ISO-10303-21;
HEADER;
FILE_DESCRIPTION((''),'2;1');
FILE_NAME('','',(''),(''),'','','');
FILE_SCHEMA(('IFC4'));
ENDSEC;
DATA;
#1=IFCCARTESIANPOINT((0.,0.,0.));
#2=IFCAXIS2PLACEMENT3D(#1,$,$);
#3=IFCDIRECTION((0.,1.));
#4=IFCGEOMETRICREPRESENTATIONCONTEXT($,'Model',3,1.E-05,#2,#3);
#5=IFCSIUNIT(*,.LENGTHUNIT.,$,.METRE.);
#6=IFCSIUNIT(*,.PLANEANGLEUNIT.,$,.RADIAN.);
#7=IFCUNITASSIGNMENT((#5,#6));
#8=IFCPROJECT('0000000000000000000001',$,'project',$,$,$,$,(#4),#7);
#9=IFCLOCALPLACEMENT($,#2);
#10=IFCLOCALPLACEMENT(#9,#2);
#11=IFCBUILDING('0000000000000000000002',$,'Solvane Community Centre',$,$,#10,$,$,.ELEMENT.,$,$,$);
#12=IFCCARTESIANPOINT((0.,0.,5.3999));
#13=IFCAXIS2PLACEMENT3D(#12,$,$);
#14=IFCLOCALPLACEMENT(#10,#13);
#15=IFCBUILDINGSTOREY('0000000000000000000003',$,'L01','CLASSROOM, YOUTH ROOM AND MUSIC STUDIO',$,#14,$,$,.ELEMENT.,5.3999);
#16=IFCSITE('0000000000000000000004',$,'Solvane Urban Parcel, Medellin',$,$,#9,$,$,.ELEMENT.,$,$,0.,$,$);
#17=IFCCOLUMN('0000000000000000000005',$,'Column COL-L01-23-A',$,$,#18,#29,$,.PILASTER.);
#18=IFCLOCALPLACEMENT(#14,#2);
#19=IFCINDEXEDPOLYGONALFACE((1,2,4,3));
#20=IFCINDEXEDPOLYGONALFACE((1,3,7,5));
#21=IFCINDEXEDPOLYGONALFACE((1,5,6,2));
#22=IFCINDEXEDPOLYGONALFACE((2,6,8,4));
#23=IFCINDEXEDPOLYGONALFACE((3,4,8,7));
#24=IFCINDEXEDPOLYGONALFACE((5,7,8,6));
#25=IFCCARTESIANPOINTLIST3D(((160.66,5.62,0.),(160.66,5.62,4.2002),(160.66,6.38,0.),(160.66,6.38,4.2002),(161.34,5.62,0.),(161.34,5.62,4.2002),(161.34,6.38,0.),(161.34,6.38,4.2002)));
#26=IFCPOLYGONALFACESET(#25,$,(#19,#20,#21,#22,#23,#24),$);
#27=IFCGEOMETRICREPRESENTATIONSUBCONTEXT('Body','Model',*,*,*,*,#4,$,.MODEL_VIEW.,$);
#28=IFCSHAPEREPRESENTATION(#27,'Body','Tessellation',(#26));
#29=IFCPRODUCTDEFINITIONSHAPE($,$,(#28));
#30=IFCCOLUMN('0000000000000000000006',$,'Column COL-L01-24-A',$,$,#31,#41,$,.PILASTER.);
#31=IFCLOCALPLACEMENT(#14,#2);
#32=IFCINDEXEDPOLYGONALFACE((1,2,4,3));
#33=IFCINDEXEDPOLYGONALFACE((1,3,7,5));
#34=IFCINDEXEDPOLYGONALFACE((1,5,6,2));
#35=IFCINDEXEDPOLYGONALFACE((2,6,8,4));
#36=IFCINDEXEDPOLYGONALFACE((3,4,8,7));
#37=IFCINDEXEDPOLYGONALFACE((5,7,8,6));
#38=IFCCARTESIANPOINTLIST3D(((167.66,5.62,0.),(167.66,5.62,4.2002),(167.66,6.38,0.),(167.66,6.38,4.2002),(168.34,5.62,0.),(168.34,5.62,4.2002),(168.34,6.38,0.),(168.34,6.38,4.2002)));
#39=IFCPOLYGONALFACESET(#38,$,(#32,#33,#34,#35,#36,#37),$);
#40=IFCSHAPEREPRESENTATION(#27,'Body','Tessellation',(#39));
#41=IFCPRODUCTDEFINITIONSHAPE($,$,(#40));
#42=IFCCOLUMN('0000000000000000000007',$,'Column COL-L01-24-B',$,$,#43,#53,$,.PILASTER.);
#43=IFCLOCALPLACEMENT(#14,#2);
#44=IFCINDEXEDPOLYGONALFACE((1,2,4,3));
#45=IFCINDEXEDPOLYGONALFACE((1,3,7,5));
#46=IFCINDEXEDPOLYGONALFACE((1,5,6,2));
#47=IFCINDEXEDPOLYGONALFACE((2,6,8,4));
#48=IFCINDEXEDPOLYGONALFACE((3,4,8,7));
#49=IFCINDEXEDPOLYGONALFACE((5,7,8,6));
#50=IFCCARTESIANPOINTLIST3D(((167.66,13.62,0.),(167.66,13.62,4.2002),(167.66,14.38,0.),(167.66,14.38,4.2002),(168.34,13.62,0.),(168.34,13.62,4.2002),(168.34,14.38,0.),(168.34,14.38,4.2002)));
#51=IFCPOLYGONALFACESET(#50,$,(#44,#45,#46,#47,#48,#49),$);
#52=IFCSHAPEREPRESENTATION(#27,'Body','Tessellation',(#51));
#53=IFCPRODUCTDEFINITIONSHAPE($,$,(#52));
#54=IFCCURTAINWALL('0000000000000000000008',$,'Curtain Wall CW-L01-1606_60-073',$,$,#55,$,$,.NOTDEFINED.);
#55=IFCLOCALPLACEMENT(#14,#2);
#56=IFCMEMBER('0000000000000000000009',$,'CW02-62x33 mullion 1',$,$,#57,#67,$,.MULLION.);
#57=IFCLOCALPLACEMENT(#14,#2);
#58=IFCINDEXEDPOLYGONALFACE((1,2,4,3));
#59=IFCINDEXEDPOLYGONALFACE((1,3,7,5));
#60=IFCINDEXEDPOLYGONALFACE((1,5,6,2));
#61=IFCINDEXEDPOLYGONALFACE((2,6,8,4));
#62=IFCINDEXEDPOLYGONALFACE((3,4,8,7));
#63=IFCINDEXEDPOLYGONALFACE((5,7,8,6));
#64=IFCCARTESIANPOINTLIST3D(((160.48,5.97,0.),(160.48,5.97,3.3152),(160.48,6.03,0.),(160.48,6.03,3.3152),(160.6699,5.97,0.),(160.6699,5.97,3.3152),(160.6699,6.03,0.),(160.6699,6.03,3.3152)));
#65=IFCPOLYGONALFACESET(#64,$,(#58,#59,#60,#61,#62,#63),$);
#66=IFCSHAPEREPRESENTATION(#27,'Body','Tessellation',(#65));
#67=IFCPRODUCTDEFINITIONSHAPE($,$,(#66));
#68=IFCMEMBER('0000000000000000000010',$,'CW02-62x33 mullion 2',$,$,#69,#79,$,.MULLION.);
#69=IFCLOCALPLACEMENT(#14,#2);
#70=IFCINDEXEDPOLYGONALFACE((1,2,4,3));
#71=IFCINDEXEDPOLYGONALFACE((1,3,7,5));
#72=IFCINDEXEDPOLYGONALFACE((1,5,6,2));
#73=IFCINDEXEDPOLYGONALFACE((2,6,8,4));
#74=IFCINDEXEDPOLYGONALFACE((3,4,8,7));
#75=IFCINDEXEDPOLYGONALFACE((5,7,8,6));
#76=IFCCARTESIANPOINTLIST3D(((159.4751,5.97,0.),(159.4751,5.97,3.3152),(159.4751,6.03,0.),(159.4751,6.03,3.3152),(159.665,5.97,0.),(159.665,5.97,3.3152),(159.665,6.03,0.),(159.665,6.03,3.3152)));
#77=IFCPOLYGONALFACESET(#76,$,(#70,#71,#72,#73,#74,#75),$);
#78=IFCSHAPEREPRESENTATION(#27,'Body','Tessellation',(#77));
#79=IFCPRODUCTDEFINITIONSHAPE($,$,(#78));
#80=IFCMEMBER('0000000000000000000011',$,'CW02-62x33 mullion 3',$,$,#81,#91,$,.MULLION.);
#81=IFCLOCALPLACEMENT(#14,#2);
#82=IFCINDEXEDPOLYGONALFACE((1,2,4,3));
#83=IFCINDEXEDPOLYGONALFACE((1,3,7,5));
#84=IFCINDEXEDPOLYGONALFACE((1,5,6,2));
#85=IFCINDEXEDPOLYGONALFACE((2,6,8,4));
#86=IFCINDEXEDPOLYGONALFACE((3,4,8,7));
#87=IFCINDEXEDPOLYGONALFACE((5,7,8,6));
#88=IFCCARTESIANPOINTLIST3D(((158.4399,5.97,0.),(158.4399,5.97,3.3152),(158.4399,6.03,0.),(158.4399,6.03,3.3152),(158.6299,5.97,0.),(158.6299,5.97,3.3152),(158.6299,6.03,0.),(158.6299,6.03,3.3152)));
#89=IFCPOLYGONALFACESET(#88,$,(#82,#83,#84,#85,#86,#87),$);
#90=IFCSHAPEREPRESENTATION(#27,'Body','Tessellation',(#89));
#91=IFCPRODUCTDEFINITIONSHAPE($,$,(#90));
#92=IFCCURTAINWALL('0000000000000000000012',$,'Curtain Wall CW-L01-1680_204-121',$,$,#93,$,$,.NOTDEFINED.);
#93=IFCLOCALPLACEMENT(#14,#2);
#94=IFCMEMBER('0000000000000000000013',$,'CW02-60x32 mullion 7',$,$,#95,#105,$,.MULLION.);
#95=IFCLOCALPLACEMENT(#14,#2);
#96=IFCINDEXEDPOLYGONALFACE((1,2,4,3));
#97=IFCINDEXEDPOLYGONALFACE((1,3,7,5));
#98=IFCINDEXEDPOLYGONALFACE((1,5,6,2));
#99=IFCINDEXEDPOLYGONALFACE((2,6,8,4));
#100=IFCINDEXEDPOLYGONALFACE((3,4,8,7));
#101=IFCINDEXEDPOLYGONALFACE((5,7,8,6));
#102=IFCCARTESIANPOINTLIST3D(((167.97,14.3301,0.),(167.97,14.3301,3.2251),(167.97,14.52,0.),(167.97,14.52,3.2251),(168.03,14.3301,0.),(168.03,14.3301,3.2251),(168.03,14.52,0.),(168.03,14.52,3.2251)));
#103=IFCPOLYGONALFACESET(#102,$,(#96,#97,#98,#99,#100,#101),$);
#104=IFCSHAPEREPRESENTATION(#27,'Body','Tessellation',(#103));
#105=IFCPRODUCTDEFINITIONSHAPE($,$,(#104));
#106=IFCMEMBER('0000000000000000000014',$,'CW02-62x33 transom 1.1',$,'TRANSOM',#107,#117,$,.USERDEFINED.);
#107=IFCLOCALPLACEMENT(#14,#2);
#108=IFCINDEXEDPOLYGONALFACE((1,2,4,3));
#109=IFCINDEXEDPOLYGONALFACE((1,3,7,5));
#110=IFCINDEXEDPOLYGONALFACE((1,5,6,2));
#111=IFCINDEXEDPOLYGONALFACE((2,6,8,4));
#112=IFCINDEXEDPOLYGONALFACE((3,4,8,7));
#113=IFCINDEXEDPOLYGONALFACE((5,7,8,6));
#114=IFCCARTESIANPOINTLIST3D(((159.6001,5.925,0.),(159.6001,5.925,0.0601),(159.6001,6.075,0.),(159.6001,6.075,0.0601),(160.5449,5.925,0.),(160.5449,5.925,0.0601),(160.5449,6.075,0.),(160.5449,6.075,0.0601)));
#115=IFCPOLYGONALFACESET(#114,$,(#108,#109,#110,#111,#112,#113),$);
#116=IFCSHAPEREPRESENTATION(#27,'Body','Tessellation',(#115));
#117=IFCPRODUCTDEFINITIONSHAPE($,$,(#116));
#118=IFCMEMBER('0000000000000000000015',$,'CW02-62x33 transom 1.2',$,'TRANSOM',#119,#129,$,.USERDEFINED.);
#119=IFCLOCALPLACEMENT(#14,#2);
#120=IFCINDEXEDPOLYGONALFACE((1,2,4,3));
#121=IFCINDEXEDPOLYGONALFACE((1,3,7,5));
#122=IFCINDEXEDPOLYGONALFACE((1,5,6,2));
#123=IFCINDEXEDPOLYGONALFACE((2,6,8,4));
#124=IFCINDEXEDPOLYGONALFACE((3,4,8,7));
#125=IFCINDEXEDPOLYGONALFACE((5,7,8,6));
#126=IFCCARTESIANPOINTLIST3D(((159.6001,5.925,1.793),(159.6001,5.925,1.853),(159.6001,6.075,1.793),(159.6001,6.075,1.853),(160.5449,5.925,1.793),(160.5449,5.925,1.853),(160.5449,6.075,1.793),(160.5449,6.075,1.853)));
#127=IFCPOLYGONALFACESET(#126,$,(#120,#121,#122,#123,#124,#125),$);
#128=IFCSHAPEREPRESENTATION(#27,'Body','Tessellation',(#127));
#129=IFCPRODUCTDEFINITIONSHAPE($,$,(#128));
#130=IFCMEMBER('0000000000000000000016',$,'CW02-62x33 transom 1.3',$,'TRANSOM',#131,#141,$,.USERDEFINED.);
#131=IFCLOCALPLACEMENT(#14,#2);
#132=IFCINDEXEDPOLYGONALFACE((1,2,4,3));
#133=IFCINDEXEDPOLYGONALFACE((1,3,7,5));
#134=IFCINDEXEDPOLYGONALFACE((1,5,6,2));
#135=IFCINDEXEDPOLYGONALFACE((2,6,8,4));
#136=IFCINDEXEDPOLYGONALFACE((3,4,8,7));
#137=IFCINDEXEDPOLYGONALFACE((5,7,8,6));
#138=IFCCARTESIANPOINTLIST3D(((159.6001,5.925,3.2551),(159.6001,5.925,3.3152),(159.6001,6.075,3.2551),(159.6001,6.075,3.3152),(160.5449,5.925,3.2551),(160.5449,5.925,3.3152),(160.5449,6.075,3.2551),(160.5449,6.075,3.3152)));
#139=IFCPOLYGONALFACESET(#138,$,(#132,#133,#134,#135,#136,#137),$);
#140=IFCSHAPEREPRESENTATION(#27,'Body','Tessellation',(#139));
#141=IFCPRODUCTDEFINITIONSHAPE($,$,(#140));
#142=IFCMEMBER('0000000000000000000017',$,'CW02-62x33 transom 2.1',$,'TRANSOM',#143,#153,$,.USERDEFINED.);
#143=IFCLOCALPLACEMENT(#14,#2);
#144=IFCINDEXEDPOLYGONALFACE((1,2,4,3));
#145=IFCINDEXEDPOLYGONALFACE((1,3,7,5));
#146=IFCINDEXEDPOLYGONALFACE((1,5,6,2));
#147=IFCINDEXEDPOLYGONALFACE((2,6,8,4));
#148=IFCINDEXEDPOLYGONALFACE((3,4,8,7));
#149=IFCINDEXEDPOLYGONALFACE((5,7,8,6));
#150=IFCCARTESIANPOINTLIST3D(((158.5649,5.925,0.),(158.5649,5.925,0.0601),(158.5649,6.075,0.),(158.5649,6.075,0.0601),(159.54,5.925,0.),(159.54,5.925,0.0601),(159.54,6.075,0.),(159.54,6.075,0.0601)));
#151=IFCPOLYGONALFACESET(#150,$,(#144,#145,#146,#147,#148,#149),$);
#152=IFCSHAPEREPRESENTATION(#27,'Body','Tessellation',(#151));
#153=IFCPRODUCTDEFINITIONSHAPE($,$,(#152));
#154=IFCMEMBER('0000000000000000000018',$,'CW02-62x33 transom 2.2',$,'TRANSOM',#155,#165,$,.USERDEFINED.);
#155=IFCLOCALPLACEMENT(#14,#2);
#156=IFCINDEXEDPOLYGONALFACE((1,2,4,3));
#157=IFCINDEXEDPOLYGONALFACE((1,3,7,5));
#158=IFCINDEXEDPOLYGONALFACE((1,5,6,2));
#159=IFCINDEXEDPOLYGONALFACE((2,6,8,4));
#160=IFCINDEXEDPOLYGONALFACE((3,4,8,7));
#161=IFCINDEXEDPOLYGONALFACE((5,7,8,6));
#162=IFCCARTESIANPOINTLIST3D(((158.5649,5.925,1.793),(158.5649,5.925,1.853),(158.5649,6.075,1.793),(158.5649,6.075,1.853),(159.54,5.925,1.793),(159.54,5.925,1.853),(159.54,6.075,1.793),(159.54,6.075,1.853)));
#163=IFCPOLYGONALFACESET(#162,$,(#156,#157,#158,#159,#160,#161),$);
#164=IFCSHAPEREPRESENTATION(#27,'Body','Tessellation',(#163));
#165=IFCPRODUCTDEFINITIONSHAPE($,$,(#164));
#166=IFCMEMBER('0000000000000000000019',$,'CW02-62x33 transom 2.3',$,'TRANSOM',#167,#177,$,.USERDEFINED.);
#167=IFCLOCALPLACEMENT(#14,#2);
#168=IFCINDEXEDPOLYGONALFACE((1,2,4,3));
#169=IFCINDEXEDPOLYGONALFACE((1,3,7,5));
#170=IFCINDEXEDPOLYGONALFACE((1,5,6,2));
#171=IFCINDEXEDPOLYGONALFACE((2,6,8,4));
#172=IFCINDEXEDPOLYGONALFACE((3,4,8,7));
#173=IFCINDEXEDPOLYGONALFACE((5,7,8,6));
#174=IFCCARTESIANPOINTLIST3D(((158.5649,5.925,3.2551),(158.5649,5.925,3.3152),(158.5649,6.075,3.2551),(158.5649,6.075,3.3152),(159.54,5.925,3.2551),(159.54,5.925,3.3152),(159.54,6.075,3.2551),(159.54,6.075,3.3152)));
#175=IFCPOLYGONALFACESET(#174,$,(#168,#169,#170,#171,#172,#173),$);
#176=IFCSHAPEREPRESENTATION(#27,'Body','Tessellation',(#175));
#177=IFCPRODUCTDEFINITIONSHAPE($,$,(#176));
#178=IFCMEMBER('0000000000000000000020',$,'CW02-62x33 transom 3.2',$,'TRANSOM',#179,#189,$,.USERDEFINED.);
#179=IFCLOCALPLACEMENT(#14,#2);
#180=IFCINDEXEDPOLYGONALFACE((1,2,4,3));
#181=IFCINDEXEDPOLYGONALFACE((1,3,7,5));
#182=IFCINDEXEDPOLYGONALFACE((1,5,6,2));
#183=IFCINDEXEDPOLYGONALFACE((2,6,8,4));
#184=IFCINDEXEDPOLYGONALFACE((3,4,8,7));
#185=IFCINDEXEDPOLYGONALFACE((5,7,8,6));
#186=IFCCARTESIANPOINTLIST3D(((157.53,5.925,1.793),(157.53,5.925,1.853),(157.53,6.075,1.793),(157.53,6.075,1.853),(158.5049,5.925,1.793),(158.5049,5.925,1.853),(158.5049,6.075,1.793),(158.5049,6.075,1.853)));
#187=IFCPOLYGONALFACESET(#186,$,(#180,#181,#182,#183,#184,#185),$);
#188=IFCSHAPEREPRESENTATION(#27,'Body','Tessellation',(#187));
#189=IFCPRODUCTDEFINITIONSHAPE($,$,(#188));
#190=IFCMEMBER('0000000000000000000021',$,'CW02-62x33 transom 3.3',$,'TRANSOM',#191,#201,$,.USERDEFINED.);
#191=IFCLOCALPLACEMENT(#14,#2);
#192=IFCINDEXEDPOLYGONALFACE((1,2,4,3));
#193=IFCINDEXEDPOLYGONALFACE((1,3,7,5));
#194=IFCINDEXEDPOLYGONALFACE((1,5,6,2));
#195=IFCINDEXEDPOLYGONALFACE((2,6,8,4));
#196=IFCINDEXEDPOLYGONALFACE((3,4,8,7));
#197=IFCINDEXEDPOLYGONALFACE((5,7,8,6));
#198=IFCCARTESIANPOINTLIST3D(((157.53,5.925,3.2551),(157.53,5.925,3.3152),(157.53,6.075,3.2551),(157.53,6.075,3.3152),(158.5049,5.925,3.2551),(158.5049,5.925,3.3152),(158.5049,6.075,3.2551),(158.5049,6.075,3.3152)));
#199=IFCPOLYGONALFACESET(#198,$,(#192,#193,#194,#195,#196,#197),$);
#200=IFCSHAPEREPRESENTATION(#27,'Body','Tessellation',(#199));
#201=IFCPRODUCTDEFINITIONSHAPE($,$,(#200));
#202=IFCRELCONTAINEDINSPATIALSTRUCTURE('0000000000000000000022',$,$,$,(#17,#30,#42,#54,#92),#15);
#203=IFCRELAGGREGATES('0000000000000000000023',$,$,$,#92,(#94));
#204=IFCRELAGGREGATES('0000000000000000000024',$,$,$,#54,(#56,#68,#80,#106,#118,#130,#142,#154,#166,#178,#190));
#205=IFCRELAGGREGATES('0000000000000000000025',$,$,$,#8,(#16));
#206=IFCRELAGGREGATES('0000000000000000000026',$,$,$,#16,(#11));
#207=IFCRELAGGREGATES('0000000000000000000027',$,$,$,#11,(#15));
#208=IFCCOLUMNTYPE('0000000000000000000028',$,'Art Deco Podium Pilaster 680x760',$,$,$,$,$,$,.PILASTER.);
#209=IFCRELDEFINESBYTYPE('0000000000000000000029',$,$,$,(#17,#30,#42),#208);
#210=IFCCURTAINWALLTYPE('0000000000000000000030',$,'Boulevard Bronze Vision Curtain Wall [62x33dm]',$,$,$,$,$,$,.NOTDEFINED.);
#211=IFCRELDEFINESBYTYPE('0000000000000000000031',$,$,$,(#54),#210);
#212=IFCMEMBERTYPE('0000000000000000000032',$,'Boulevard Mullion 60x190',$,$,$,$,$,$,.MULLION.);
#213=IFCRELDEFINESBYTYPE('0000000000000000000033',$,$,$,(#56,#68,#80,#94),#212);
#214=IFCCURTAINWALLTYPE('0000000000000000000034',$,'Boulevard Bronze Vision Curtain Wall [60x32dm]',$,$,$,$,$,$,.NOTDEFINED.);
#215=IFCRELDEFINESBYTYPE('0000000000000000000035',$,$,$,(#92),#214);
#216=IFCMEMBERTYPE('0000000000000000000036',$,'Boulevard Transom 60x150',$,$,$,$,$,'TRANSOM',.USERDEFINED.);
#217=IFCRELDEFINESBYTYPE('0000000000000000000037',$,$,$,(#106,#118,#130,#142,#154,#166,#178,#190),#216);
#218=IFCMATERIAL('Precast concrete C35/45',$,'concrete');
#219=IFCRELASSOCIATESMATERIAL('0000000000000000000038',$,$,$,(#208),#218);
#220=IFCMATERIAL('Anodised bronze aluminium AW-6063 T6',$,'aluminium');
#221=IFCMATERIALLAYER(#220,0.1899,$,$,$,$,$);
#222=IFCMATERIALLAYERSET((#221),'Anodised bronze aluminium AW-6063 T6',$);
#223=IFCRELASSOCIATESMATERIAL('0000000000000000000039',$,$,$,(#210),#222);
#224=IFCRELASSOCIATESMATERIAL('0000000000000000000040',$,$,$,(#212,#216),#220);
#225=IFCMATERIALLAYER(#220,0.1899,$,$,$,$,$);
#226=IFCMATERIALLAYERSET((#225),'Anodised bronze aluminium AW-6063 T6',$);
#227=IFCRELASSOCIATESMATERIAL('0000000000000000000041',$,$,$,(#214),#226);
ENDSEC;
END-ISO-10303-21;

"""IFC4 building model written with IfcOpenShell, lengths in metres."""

from ifc_helpers import new_model, si_unit, direction, frame, origin, origin_2d, place, context, subcontext, project, spatial, rectangle, extrude, material, layer, layer_set, material_profile, profile_set, type_object, element, aggregate, save


model = new_model("IFC4")

# Units and contexts
model_context = context("Model", 3, precision=1e-05, world=origin(), true_north=direction((0.0, 1.0)))
body_context = subcontext(model_context, "Body", "Model", "MODEL_VIEW")
ifc_project = project(units=[si_unit("LENGTHUNIT", "METRE"), si_unit("PLANEANGLEUNIT", "RADIAN")], contexts=[model_context])

# Site, building, storey
site_placement = place(None, origin())
site = spatial("IfcSite", under=ifc_project, at=site_placement, Name="Solvane Urban Parcel, Medellin", CompositionType="ELEMENT", RefElevation=0.0)
building_placement = place(site_placement, origin())
building = spatial("IfcBuilding", under=site, at=building_placement, Name="Solvane Community Centre", CompositionType="ELEMENT")
storey_placement = place(building_placement, frame((0.0, 0.0, 5.3999)))
storey = spatial("IfcBuildingStorey", under=building, at=storey_placement, Name="L01", Description="CLASSROOM, YOUTH ROOM AND MUSIC STUDIO", CompositionType="ELEMENT", Elevation=5.3999)

# Columns
ifc_material_1 = material(Name="Precast concrete C35/45", Category="concrete")
ifc_material_profile_1 = material_profile(ifc_material_1, rectangle(XDim=0.6799, YDim=0.76, at=origin_2d()), Name="RC 680x760")
ifc_profile_set_1 = profile_set([ifc_material_profile_1], Name="Precast concrete C35/45")
column_type = type_object("IfcColumnType", Name="Art Deco Podium Pilaster 680x760", PredefinedType="PILASTER", material=ifc_profile_set_1)
for number, where, z_axis, x_axis, name in (
    (1, (161.0, 6.0, 0.0), (0.0, 0.0, 1.0), (1.0, 0.0, 0.0), "Column COL-L01-23-A"),
    (2, (168.0, 6.0, 0.0), (0.0, 0.0, 1.0), (1.0, 0.0, 0.0), "Column COL-L01-24-A"),
    (3, (168.0, 14.0, 0.0), (0.0, 0.0, 1.0), (1.0, 0.0, 0.0), "Column COL-L01-24-B"),
):
    element("IfcColumn", number, at=place(storey_placement, frame(where, z_axis=z_axis, x_axis=x_axis)), inside=storey, type_object=column_type, Name=name, PredefinedType="PILASTER", context=body_context, shape_type="SweptSolid", body=[
        extrude(rectangle(XDim=0.6799, YDim=0.76, at=origin_2d()), origin(), (0.0, 0.0, 1.0), 4.2002),
    ])

# Curtain wall, members
ifc_material_2 = material(Name="Anodised bronze aluminium AW-6063 T6", Category="aluminium")
ifc_layer_1 = layer(ifc_material_2, 0.1899)
ifc_layer_set_1 = layer_set([ifc_layer_1], Name="Anodised bronze aluminium AW-6063 T6")
curtain_wall_type_1 = type_object("IfcCurtainWallType", Name="Boulevard Bronze Vision Curtain Wall [62x33dm]", PredefinedType="NOTDEFINED", material=ifc_layer_set_1)
curtain_wall_1_placement = place(storey_placement, origin())
curtain_wall_1 = element("IfcCurtainWall", 4, at=curtain_wall_1_placement, inside=storey, type_object=curtain_wall_type_1, Name="Curtain Wall CW-L01-1606_60-073", PredefinedType="NOTDEFINED")
ifc_material_profile_2 = material_profile(ifc_material_2, rectangle(XDim=0.0601, YDim=0.1899, at=origin_2d()), Name="CW-M 60x190")
ifc_profile_set_2 = profile_set([ifc_material_profile_2], Name="Anodised bronze aluminium AW-6063 T6")
member_type_1 = type_object("IfcMemberType", Name="Boulevard Mullion 60x190", PredefinedType="MULLION", material=ifc_profile_set_2)
member_1_placement = place(storey_placement, frame((160.575, 6.0, 0.0), z_axis=(0.0, 0.0, 1.0), x_axis=(0.0, -1.0, 0.0)))
member_1 = element("IfcMember", 5, at=member_1_placement, type_object=member_type_1, Name="CW02-62x33 mullion 1", PredefinedType="MULLION", context=body_context, shape_type="SweptSolid", body=[
    extrude(rectangle(XDim=0.0601, YDim=0.1899, at=origin_2d()), origin(), (0.0, 0.0, 1.0), 3.3152),
])
member_2_placement = place(storey_placement, frame((159.5701, 6.0, 0.0), z_axis=(0.0, 0.0, 1.0), x_axis=(0.0, -1.0, 0.0)))
member_2 = element("IfcMember", 6, at=member_2_placement, type_object=member_type_1, Name="CW02-62x33 mullion 2", PredefinedType="MULLION", context=body_context, shape_type="SweptSolid", body=[
    extrude(rectangle(XDim=0.0601, YDim=0.1899, at=origin_2d()), origin(), (0.0, 0.0, 1.0), 3.3152),
])
member_3_placement = place(storey_placement, frame((158.5349, 6.0, 0.0), z_axis=(0.0, 0.0, 1.0), x_axis=(0.0, -1.0, 0.0)))
member_3 = element("IfcMember", 7, at=member_3_placement, type_object=member_type_1, Name="CW02-62x33 mullion 3", PredefinedType="MULLION", context=body_context, shape_type="SweptSolid", body=[
    extrude(rectangle(XDim=0.0601, YDim=0.1899, at=origin_2d()), origin(), (0.0, 0.0, 1.0), 3.3152),
])

# Curtain wall, member
ifc_layer_2 = layer(ifc_material_2, 0.1899)
ifc_layer_set_2 = layer_set([ifc_layer_2], Name="Anodised bronze aluminium AW-6063 T6")
curtain_wall_type_2 = type_object("IfcCurtainWallType", Name="Boulevard Bronze Vision Curtain Wall [60x32dm]", PredefinedType="NOTDEFINED", material=ifc_layer_set_2)
curtain_wall_2_placement = place(storey_placement, origin())
curtain_wall_2 = element("IfcCurtainWall", 8, at=curtain_wall_2_placement, inside=storey, type_object=curtain_wall_type_2, Name="Curtain Wall CW-L01-1680_204-121", PredefinedType="NOTDEFINED")
member_4_placement = place(storey_placement, frame((168.0, 14.425, 0.0), z_axis=(0.0, 0.0, 1.0), x_axis=(1.0, 0.0, 0.0)))
member_4 = element("IfcMember", 9, at=member_4_placement, type_object=member_type_1, Name="CW02-60x32 mullion 7", PredefinedType="MULLION", context=body_context, shape_type="SweptSolid", body=[
    extrude(rectangle(XDim=0.0601, YDim=0.1899, at=origin_2d()), origin(), (0.0, 0.0, 1.0), 3.2251),
])
aggregate(curtain_wall_2, [member_4])

# Members
ifc_material_profile_3 = material_profile(ifc_material_2, rectangle(XDim=0.1499, YDim=0.0601, at=origin_2d()), Name="CW-T 60x150")
ifc_profile_set_3 = profile_set([ifc_material_profile_3], Name="Anodised bronze aluminium AW-6063 T6")
member_type_2 = type_object("IfcMemberType", Name="Boulevard Transom 60x150", ElementType="TRANSOM", PredefinedType="USERDEFINED", material=ifc_profile_set_3)
member_5_placement = place(storey_placement, frame((160.5449, 6.0, 0.03), z_axis=(-1.0, 0.0, 0.0), x_axis=(0.0, -1.0, 0.0)))
member_5 = element("IfcMember", 10, at=member_5_placement, type_object=member_type_2, Name="CW02-62x33 transom 1.1", ObjectType="TRANSOM", PredefinedType="USERDEFINED", context=body_context, shape_type="SweptSolid", body=[
    extrude(rectangle(XDim=0.1499, YDim=0.0601, at=origin_2d()), origin(), (0.0, 0.0, 1.0), 0.9448),
])
member_6_placement = place(storey_placement, frame((160.5449, 6.0, 1.823), z_axis=(-1.0, 0.0, 0.0), x_axis=(0.0, -1.0, 0.0)))
member_6 = element("IfcMember", 11, at=member_6_placement, type_object=member_type_2, Name="CW02-62x33 transom 1.2", ObjectType="TRANSOM", PredefinedType="USERDEFINED", context=body_context, shape_type="SweptSolid", body=[
    extrude(rectangle(XDim=0.1499, YDim=0.0601, at=origin_2d()), origin(), (0.0, 0.0, 1.0), 0.9448),
])
member_7_placement = place(storey_placement, frame((160.5449, 6.0, 3.2852), z_axis=(-1.0, 0.0, 0.0), x_axis=(0.0, -1.0, 0.0)))
member_7 = element("IfcMember", 12, at=member_7_placement, type_object=member_type_2, Name="CW02-62x33 transom 1.3", ObjectType="TRANSOM", PredefinedType="USERDEFINED", context=body_context, shape_type="SweptSolid", body=[
    extrude(rectangle(XDim=0.1499, YDim=0.0601, at=origin_2d()), origin(), (0.0, 0.0, 1.0), 0.9448),
])
member_8_placement = place(storey_placement, frame((159.54, 6.0, 0.03), z_axis=(-1.0, 0.0, 0.0), x_axis=(0.0, -1.0, 0.0)))
member_8 = element("IfcMember", 13, at=member_8_placement, type_object=member_type_2, Name="CW02-62x33 transom 2.1", ObjectType="TRANSOM", PredefinedType="USERDEFINED", context=body_context, shape_type="SweptSolid", body=[
    extrude(rectangle(XDim=0.1499, YDim=0.0601, at=origin_2d()), origin(), (0.0, 0.0, 1.0), 0.9751),
])
member_9_placement = place(storey_placement, frame((159.54, 6.0, 1.823), z_axis=(-1.0, 0.0, 0.0), x_axis=(0.0, -1.0, 0.0)))
member_9 = element("IfcMember", 14, at=member_9_placement, type_object=member_type_2, Name="CW02-62x33 transom 2.2", ObjectType="TRANSOM", PredefinedType="USERDEFINED", context=body_context, shape_type="SweptSolid", body=[
    extrude(rectangle(XDim=0.1499, YDim=0.0601, at=origin_2d()), origin(), (0.0, 0.0, 1.0), 0.9751),
])
member_10_placement = place(storey_placement, frame((159.54, 6.0, 3.2852), z_axis=(-1.0, 0.0, 0.0), x_axis=(0.0, -1.0, 0.0)))
member_10 = element("IfcMember", 15, at=member_10_placement, type_object=member_type_2, Name="CW02-62x33 transom 2.3", ObjectType="TRANSOM", PredefinedType="USERDEFINED", context=body_context, shape_type="SweptSolid", body=[
    extrude(rectangle(XDim=0.1499, YDim=0.0601, at=origin_2d()), origin(), (0.0, 0.0, 1.0), 0.9751),
])
member_11_placement = place(storey_placement, frame((158.5049, 6.0, 1.823), z_axis=(-1.0, 0.0, 0.0), x_axis=(0.0, -1.0, 0.0)))
member_11 = element("IfcMember", 16, at=member_11_placement, type_object=member_type_2, Name="CW02-62x33 transom 3.2", ObjectType="TRANSOM", PredefinedType="USERDEFINED", context=body_context, shape_type="SweptSolid", body=[
    extrude(rectangle(XDim=0.1499, YDim=0.0601, at=origin_2d()), origin(), (0.0, 0.0, 1.0), 0.9749),
])
member_12_placement = place(storey_placement, frame((158.5049, 6.0, 3.2852), z_axis=(-1.0, 0.0, 0.0), x_axis=(0.0, -1.0, 0.0)))
member_12 = element("IfcMember", 17, at=member_12_placement, type_object=member_type_2, Name="CW02-62x33 transom 3.3", ObjectType="TRANSOM", PredefinedType="USERDEFINED", context=body_context, shape_type="SweptSolid", body=[
    extrude(rectangle(XDim=0.1499, YDim=0.0601, at=origin_2d()), origin(), (0.0, 0.0, 1.0), 0.9749),
])

aggregate(curtain_wall_1, [member_1, member_2, member_3, member_5, member_6, member_7, member_8, member_9, member_10, member_11, member_12])

save(model, "model.ifc")
